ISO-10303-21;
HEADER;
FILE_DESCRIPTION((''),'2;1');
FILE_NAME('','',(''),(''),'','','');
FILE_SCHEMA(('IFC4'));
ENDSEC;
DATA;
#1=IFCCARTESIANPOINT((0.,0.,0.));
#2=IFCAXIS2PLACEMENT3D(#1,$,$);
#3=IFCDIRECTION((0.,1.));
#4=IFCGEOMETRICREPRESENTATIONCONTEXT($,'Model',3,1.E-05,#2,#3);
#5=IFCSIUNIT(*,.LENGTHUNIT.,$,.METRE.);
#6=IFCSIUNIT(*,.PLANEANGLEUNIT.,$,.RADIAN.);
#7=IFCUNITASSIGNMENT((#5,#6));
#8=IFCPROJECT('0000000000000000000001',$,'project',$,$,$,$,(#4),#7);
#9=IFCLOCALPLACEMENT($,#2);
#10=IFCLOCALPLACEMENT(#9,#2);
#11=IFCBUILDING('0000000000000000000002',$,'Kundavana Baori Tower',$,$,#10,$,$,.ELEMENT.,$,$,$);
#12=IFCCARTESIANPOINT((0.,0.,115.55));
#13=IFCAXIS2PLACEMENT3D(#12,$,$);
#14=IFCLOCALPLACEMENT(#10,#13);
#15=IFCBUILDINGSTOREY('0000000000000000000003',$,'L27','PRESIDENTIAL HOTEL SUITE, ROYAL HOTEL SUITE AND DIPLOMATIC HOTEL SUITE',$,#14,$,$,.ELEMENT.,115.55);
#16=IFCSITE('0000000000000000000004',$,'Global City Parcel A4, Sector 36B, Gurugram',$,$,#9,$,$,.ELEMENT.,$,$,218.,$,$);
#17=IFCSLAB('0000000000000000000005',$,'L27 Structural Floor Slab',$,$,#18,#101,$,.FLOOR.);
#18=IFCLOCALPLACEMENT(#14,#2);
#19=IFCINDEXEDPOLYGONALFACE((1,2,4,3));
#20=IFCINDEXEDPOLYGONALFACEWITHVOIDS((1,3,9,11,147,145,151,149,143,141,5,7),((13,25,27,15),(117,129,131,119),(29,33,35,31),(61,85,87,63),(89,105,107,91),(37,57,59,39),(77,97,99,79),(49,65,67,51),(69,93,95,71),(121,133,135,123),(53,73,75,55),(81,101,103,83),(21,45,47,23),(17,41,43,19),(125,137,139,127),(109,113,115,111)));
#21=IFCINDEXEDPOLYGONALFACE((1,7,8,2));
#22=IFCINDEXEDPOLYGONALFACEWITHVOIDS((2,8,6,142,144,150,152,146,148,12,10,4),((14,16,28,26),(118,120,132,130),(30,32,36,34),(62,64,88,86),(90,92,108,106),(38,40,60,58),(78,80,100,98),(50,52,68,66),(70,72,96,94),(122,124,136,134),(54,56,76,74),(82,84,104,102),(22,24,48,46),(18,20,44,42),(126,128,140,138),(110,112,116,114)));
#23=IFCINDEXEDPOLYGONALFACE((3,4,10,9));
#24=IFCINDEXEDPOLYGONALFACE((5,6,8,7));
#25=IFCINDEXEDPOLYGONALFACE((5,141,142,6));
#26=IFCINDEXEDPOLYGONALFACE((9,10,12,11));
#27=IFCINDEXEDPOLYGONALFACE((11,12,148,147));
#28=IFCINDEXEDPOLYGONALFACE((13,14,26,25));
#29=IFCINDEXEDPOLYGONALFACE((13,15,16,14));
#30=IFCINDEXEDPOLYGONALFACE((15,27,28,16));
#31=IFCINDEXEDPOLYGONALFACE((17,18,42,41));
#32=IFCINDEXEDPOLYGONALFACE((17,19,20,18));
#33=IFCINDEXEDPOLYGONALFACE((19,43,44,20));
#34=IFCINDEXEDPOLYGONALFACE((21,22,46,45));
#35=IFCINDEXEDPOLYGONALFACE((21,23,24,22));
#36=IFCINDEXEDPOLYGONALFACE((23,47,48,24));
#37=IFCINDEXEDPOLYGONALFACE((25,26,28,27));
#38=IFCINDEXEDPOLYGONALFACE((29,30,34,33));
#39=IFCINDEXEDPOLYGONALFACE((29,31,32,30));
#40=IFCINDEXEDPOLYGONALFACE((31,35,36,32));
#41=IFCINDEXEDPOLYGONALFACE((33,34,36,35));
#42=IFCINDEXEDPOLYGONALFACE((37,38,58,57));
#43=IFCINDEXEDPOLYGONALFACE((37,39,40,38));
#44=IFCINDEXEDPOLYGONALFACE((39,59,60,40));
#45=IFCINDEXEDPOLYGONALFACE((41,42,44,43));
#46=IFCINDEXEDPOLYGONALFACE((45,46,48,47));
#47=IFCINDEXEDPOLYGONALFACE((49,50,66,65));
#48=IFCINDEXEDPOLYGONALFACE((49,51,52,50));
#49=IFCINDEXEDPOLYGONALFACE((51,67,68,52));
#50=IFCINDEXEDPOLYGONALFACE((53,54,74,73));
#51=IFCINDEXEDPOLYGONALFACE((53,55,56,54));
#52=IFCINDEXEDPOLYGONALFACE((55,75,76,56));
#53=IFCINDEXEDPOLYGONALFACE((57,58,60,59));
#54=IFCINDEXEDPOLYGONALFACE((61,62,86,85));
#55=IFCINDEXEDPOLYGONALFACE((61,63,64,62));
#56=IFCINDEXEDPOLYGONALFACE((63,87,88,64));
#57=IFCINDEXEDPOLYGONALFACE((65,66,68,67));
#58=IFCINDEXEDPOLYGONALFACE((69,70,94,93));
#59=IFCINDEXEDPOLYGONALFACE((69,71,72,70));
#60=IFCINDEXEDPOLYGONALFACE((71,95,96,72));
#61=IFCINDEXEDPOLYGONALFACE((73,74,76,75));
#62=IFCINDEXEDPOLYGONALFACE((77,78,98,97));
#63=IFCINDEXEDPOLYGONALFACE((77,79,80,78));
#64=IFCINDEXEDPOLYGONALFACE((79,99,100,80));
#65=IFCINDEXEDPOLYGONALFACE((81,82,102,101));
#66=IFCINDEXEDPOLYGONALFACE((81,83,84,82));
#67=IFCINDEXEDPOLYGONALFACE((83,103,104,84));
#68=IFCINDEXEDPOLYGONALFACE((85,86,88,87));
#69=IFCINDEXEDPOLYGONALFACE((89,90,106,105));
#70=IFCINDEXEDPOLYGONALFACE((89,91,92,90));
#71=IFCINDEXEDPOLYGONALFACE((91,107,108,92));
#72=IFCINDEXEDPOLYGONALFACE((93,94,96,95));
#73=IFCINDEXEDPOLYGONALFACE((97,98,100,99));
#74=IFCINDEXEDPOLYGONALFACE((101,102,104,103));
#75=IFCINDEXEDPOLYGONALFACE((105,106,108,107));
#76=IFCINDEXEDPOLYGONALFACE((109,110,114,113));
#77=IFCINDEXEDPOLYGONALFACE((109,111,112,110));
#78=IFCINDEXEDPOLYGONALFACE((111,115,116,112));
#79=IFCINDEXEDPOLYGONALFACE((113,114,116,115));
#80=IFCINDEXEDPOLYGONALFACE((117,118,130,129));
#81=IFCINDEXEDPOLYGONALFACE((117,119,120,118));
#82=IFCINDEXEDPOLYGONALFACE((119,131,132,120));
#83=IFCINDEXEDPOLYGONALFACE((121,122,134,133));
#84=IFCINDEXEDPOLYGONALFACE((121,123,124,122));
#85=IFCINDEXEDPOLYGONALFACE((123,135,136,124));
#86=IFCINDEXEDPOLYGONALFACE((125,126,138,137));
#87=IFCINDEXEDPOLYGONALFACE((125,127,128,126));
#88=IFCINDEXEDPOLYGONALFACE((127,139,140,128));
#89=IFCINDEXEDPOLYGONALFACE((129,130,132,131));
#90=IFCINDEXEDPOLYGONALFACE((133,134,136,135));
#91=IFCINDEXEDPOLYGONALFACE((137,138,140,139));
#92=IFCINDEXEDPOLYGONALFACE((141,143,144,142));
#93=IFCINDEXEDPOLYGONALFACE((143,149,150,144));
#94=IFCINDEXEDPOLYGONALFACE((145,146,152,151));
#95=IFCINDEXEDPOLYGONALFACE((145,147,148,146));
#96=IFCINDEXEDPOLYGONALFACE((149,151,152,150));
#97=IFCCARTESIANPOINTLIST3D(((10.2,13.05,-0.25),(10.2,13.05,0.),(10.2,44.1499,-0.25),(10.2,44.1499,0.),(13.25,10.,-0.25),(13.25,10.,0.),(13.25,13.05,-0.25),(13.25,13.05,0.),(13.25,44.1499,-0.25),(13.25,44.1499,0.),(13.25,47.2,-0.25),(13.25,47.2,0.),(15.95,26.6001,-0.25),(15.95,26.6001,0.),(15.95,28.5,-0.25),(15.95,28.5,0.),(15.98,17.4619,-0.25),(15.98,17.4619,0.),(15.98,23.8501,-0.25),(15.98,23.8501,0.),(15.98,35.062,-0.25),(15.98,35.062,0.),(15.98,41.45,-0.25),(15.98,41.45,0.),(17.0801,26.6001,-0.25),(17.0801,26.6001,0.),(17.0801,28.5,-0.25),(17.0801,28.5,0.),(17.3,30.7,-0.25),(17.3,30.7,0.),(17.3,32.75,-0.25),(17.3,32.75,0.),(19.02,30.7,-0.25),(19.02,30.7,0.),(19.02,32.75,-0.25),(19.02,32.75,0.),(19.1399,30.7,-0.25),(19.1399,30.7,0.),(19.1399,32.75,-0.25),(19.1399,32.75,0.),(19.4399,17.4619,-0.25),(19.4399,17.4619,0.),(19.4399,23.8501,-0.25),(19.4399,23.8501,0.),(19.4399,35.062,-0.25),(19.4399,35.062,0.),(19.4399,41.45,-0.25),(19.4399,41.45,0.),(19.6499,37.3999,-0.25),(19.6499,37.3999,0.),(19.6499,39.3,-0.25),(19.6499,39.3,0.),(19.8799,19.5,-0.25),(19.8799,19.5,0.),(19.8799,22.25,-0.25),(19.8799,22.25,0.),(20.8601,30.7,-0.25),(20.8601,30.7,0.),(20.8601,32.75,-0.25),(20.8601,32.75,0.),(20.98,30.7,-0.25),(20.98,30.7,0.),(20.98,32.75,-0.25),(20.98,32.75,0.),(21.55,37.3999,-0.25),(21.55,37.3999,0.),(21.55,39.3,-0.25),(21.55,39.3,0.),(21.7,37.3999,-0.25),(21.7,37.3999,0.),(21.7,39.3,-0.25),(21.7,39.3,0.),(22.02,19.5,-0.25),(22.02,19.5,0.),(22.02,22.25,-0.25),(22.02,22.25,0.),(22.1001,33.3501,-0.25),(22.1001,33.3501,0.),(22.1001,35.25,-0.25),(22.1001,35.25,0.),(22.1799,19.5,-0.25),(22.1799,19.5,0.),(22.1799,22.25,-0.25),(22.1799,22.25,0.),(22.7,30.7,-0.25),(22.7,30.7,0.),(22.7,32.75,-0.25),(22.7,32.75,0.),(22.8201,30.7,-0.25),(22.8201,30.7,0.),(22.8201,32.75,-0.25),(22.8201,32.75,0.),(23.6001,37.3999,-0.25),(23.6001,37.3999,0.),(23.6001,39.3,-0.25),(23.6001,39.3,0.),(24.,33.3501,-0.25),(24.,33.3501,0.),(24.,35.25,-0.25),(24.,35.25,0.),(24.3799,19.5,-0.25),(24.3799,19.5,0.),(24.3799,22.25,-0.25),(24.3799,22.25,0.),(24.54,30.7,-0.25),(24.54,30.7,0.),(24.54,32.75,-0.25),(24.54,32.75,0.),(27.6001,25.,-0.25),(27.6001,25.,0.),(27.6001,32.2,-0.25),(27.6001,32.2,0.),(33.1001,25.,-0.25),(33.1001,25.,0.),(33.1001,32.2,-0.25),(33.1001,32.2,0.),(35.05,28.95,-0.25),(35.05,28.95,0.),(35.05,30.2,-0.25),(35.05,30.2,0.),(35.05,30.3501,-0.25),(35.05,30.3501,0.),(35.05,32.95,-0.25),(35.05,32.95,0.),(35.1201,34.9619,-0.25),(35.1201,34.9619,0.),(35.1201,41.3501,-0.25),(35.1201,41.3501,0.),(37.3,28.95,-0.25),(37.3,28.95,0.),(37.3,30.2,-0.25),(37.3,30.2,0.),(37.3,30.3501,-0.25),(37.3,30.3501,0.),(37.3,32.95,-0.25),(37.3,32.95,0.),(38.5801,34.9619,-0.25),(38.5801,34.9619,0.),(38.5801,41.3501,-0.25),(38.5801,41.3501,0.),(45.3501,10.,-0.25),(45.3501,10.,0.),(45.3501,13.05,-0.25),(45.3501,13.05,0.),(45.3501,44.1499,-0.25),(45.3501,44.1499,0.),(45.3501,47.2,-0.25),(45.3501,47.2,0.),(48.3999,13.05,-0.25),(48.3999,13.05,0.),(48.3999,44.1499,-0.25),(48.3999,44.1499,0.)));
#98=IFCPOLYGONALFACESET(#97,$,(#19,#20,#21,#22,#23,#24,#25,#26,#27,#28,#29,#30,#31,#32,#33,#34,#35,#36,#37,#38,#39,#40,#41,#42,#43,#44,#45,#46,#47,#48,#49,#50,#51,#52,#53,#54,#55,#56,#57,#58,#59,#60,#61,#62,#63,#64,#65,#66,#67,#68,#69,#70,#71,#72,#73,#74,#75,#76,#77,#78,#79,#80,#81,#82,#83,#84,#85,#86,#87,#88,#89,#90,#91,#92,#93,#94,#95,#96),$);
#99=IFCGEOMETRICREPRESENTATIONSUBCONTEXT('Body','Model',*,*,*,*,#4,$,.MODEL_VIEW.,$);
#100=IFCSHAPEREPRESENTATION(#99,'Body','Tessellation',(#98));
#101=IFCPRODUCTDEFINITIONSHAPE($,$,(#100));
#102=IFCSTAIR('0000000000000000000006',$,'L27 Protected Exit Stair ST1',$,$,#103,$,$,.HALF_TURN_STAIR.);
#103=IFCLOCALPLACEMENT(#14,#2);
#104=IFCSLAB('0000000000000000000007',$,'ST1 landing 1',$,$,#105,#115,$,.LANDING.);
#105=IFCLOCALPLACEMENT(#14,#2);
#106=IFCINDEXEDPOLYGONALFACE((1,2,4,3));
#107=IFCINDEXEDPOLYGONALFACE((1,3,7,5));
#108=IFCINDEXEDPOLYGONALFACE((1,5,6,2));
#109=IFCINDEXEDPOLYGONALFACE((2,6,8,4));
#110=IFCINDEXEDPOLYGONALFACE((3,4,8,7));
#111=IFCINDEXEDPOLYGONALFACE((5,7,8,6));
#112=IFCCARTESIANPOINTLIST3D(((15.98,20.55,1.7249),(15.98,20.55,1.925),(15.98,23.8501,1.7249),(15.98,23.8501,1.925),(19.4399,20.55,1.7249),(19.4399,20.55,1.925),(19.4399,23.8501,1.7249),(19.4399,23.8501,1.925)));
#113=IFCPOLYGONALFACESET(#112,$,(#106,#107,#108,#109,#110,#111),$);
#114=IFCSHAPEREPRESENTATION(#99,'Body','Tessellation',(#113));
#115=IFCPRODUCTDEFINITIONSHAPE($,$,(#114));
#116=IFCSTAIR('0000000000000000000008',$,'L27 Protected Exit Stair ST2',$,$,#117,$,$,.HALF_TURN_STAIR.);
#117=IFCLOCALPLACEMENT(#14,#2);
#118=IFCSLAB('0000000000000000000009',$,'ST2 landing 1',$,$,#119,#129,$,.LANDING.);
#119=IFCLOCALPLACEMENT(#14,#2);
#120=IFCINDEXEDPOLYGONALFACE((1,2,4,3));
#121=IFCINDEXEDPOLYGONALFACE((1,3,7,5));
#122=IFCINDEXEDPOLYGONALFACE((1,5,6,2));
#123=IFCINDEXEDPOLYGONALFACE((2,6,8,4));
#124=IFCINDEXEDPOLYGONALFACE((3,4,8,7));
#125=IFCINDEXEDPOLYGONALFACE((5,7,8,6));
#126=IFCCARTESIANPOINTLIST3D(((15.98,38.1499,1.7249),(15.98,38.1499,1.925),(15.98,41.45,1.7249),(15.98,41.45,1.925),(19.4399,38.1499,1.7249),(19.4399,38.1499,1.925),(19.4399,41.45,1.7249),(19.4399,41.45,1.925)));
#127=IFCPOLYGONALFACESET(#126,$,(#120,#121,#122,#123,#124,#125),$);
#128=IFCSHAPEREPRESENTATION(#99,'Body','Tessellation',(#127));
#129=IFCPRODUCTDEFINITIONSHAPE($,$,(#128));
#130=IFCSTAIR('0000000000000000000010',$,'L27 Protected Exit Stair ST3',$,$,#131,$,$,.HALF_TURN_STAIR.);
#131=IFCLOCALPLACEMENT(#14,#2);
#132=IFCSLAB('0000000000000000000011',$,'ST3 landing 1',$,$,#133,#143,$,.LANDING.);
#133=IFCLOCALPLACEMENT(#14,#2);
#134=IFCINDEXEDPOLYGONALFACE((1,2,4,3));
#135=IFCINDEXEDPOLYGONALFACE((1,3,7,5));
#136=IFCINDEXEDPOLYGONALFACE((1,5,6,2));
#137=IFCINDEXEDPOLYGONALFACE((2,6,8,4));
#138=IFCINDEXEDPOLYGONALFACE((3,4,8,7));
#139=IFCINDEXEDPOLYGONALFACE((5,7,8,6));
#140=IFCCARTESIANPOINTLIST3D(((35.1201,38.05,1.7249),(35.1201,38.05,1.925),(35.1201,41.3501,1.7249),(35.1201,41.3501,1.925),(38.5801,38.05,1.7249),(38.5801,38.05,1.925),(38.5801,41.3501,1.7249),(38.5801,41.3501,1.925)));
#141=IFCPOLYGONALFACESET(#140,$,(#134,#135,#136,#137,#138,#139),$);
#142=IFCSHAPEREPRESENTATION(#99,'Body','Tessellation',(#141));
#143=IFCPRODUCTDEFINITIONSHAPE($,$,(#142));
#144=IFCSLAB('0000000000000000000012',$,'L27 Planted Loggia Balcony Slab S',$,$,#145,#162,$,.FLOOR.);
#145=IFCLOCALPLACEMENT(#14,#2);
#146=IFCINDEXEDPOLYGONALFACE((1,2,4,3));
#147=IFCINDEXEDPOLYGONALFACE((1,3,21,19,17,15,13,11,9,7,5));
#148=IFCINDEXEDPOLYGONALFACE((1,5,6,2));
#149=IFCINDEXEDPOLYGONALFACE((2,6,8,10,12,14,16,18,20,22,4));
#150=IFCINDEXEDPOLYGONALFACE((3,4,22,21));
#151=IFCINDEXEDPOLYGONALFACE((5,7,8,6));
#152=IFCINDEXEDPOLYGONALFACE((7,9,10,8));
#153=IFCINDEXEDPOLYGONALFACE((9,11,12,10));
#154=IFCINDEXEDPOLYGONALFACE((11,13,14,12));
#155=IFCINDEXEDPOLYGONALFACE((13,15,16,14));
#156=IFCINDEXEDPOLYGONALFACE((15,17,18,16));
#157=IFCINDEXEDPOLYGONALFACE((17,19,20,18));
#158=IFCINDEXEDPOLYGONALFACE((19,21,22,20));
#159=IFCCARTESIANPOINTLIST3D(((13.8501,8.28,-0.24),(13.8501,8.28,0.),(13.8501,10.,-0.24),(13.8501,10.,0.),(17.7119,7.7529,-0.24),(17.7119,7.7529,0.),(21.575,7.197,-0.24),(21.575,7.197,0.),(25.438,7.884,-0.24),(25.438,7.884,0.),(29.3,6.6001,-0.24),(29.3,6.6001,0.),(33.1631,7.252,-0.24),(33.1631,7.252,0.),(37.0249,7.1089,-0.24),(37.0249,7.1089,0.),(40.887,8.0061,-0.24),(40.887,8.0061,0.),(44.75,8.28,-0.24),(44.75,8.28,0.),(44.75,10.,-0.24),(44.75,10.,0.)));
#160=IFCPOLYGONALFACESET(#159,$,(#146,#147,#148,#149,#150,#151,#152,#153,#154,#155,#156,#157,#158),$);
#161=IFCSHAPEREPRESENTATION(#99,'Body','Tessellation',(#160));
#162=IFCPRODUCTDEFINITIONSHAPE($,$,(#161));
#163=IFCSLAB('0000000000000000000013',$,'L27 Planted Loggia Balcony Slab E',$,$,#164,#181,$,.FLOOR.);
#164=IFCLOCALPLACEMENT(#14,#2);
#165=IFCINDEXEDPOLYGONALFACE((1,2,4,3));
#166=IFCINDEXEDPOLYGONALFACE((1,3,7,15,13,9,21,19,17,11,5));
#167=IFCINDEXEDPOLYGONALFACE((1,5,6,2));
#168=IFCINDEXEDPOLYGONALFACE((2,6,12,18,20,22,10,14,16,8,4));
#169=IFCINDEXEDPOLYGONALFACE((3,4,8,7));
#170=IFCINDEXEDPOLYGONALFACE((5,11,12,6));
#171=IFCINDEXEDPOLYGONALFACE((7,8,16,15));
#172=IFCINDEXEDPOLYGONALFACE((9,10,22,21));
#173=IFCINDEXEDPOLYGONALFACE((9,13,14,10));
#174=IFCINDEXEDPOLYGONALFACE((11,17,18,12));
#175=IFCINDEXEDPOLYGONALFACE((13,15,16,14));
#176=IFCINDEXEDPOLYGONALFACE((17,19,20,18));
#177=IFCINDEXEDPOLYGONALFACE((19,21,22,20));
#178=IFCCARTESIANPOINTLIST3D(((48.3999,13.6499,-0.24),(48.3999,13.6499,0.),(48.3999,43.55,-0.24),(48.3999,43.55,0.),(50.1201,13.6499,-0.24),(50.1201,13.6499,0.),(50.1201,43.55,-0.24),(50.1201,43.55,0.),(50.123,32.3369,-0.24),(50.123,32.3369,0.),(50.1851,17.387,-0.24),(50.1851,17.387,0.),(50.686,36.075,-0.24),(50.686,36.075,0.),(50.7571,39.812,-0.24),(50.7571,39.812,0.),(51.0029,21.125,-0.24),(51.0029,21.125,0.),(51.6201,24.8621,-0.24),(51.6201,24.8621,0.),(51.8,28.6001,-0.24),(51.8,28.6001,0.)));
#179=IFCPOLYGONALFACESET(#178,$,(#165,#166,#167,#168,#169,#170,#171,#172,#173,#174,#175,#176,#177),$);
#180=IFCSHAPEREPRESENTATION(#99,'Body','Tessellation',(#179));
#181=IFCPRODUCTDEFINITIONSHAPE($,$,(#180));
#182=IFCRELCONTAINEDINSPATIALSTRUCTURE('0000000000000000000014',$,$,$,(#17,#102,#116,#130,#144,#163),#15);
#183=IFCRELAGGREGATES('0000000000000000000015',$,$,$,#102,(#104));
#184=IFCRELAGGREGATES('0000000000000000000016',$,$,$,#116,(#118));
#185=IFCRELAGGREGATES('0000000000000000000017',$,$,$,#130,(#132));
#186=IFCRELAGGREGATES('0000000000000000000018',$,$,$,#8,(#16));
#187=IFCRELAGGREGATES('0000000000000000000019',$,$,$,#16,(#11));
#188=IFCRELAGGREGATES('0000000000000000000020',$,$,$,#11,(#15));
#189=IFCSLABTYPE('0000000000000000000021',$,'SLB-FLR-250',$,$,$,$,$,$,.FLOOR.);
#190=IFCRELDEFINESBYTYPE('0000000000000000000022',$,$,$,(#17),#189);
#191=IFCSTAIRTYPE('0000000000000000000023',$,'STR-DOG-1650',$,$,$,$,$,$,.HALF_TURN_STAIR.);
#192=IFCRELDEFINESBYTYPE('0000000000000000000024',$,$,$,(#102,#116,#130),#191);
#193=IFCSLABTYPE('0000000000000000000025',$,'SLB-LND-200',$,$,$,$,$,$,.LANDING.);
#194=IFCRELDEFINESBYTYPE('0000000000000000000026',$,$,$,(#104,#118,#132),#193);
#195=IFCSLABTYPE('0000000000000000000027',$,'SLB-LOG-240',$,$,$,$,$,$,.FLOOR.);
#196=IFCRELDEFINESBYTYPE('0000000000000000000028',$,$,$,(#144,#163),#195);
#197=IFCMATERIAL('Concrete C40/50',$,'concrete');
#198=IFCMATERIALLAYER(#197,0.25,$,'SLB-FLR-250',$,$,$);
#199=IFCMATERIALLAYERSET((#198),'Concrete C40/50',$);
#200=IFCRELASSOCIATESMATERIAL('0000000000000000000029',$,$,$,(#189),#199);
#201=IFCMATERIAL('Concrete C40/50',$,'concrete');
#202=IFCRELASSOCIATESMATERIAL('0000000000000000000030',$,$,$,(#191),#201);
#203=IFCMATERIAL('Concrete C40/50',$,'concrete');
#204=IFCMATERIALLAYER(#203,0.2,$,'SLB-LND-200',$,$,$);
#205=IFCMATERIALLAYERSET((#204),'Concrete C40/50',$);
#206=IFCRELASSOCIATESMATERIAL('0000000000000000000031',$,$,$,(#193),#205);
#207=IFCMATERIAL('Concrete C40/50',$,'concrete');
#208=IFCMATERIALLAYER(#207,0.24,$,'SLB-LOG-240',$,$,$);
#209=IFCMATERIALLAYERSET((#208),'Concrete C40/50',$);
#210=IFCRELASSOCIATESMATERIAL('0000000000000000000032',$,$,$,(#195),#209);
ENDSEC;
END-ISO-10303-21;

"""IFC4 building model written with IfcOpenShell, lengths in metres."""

from ifc_helpers import new_model, si_unit, direction, frame, origin, place, context, subcontext, project, spatial, polyline, outline, extrude, material, layer, layer_set, type_object, element, aggregate, save


model = new_model("IFC4")

# Units and contexts
model_context = context("Model", 3, precision=1e-05, world=origin(), true_north=direction((0.0, 1.0)))
body_context = subcontext(model_context, "Body", "Model", "MODEL_VIEW")
ifc_project = project(units=[si_unit("LENGTHUNIT", "METRE"), si_unit("PLANEANGLEUNIT", "RADIAN")], contexts=[model_context])

# Site, building, storey
site_placement = place(None, origin())
site = spatial("IfcSite", under=ifc_project, at=site_placement, Name="Global City Parcel A4, Sector 36B, Gurugram", CompositionType="ELEMENT", RefElevation=218.0)
building_placement = place(site_placement, origin())
building = spatial("IfcBuilding", under=site, at=building_placement, Name="Kundavana Baori Tower", CompositionType="ELEMENT")
storey_placement = place(building_placement, frame((0.0, 0.0, 115.55)))
storey = spatial("IfcBuildingStorey", under=building, at=storey_placement, Name="L27", Description="PRESIDENTIAL HOTEL SUITE, ROYAL HOTEL SUITE AND DIPLOMATIC HOTEL SUITE", CompositionType="ELEMENT", Elevation=115.55)

# Slab
ifc_material_1 = material(Name="Concrete C40/50", Category="concrete")
ifc_layer_1 = layer(ifc_material_1, 0.25, Name="SLB-FLR-250")
ifc_layer_set_1 = layer_set([ifc_layer_1], Name="Concrete C40/50")
slab_type_1 = type_object("IfcSlabType", Name="SLB-FLR-250", PredefinedType="FLOOR", material=ifc_layer_set_1)
slab_1_placement = place(storey_placement, frame((0.0, 0.0, -0.25)))
element("IfcSlab", 1, at=slab_1_placement, inside=storey, type_object=slab_type_1, Name="L27 Structural Floor Slab", PredefinedType="FLOOR", context=body_context, shape_type="SweptSolid", body=[
    extrude(outline(polyline([(13.25, 10.0), (45.3501, 10.0), (45.3501, 13.05), (48.3999, 13.05), (48.3999, 44.1499), (45.3501, 44.1499), (45.3501, 47.2), (13.25, 47.2), (13.25, 44.1499), (10.2, 44.1499), (10.2, 13.05), (13.25, 13.05), (13.25, 10.0)]), holes=[polyline([(19.4399, 17.4619), (19.4399, 23.8501), (15.98, 23.8501), (15.98, 17.4619), (19.4399, 17.4619)]), polyline([(19.4399, 35.062), (19.4399, 41.45), (15.98, 41.45), (15.98, 35.062), (19.4399, 35.062)]), polyline([(38.5801, 34.9619), (38.5801, 41.3501), (35.1201, 41.3501), (35.1201, 34.9619), (38.5801, 34.9619)]), polyline([(17.3, 30.7), (19.02, 30.7), (19.02, 32.75), (17.3, 32.75), (17.3, 30.7)]), polyline([(19.1399, 30.7), (20.8601, 30.7), (20.8601, 32.75), (19.1399, 32.75), (19.1399, 30.7)]), polyline([(20.98, 30.7), (22.7, 30.7), (22.7, 32.75), (20.98, 32.75), (20.98, 30.7)]), polyline([(22.8201, 30.7), (24.54, 30.7), (24.54, 32.75), (22.8201, 32.75), (22.8201, 30.7)]), polyline([(19.6499, 37.3999), (21.55, 37.3999), (21.55, 39.3), (19.6499, 39.3), (19.6499, 37.3999)]), polyline([(21.7, 37.3999), (23.6001, 37.3999), (23.6001, 39.3), (21.7, 39.3), (21.7, 37.3999)]), polyline([(22.1001, 33.3501), (24.0, 33.3501), (24.0, 35.25), (22.1001, 35.25), (22.1001, 33.3501)]), polyline([(19.8799, 19.5), (22.02, 19.5), (22.02, 22.25), (19.8799, 22.25), (19.8799, 19.5)]), polyline([(22.1799, 19.5), (24.3799, 19.5), (24.3799, 22.25), (22.1799, 22.25), (22.1799, 19.5)]), polyline([(35.05, 30.3501), (37.3, 30.3501), (37.3, 32.95), (35.05, 32.95), (35.05, 30.3501)]), polyline([(15.95, 26.6001), (17.0801, 26.6001), (17.0801, 28.5), (15.95, 28.5), (15.95, 26.6001)]), polyline([(35.05, 28.95), (37.3, 28.95), (37.3, 30.2), (35.05, 30.2), (35.05, 28.95)]), polyline([(27.6001, 25.0), (33.1001, 25.0), (33.1001, 32.2), (27.6001, 32.2), (27.6001, 25.0)])]), origin(), (0.0, 0.0, 1.0), 0.25),
])

# Stairs, slabs
ifc_material_2 = material(Name="Concrete C40/50", Category="concrete")
stair_type = type_object("IfcStairType", Name="STR-DOG-1650", PredefinedType="HALF_TURN_STAIR", material=ifc_material_2)
stair_1_placement = place(storey_placement, origin())
stair_1 = element("IfcStair", 2, at=stair_1_placement, inside=storey, type_object=stair_type, Name="L27 Protected Exit Stair ST1", PredefinedType="HALF_TURN_STAIR")
ifc_material_3 = material(Name="Concrete C40/50", Category="concrete")
ifc_layer_2 = layer(ifc_material_3, 0.2, Name="SLB-LND-200")
ifc_layer_set_2 = layer_set([ifc_layer_2], Name="Concrete C40/50")
slab_type_2 = type_object("IfcSlabType", Name="SLB-LND-200", PredefinedType="LANDING", material=ifc_layer_set_2)
slab_2_placement = place(storey_placement, frame((0.0, 0.0, 1.7249)))
slab_2 = element("IfcSlab", 3, at=slab_2_placement, type_object=slab_type_2, Name="ST1 landing 1", PredefinedType="LANDING", context=body_context, shape_type="SweptSolid", body=[
    extrude(outline(polyline([(19.4399, 20.55), (19.4399, 23.8501), (15.98, 23.8501), (15.98, 20.55), (19.4399, 20.55)])), origin(), (0.0, 0.0, 1.0), 0.2002),
])
aggregate(stair_1, [slab_2])
stair_2_placement = place(storey_placement, origin())
stair_2 = element("IfcStair", 4, at=stair_2_placement, inside=storey, type_object=stair_type, Name="L27 Protected Exit Stair ST2", PredefinedType="HALF_TURN_STAIR")
slab_3_placement = place(storey_placement, frame((0.0, 0.0, 1.7249)))
slab_3 = element("IfcSlab", 5, at=slab_3_placement, type_object=slab_type_2, Name="ST2 landing 1", PredefinedType="LANDING", context=body_context, shape_type="SweptSolid", body=[
    extrude(outline(polyline([(19.4399, 38.1499), (19.4399, 41.45), (15.98, 41.45), (15.98, 38.1499), (19.4399, 38.1499)])), origin(), (0.0, 0.0, 1.0), 0.2002),
])
aggregate(stair_2, [slab_3])
stair_3_placement = place(storey_placement, origin())
stair_3 = element("IfcStair", 6, at=stair_3_placement, inside=storey, type_object=stair_type, Name="L27 Protected Exit Stair ST3", PredefinedType="HALF_TURN_STAIR")
slab_4_placement = place(storey_placement, frame((0.0, 0.0, 1.7249)))
slab_4 = element("IfcSlab", 7, at=slab_4_placement, type_object=slab_type_2, Name="ST3 landing 1", PredefinedType="LANDING", context=body_context, shape_type="SweptSolid", body=[
    extrude(outline(polyline([(38.5801, 38.05), (38.5801, 41.3501), (35.1201, 41.3501), (35.1201, 38.05), (38.5801, 38.05)])), origin(), (0.0, 0.0, 1.0), 0.2002),
])
aggregate(stair_3, [slab_4])

# Slabs
ifc_material_4 = material(Name="Concrete C40/50", Category="concrete")
ifc_layer_3 = layer(ifc_material_4, 0.24, Name="SLB-LOG-240")
ifc_layer_set_3 = layer_set([ifc_layer_3], Name="Concrete C40/50")
slab_type_3 = type_object("IfcSlabType", Name="SLB-LOG-240", PredefinedType="FLOOR", material=ifc_layer_set_3)
slab_5_placement = place(storey_placement, frame((0.0, 0.0, -0.24)))
element("IfcSlab", 8, at=slab_5_placement, inside=storey, type_object=slab_type_3, Name="L27 Planted Loggia Balcony Slab S", PredefinedType="FLOOR", context=body_context, shape_type="SweptSolid", body=[
    extrude(outline(polyline([(13.8501, 10.0), (44.75, 10.0), (44.75, 8.28), (40.887, 8.0061), (37.0249, 7.1089), (33.1631, 7.252), (29.3, 6.6001), (25.438, 7.884), (21.575, 7.197), (17.7119, 7.7529), (13.8501, 8.28), (13.8501, 10.0)])), origin(), (0.0, 0.0, 1.0), 0.24),
])
slab_6_placement = place(storey_placement, frame((0.0, 0.0, -0.24)))
element("IfcSlab", 9, at=slab_6_placement, inside=storey, type_object=slab_type_3, Name="L27 Planted Loggia Balcony Slab E", PredefinedType="FLOOR", context=body_context, shape_type="SweptSolid", body=[
    extrude(outline(polyline([(48.3999, 13.6499), (48.3999, 43.55), (50.1201, 43.55), (50.7571, 39.812), (50.686, 36.075), (50.123, 32.3369), (51.8, 28.6001), (51.6201, 24.8621), (51.0029, 21.125), (50.1851, 17.387), (50.1201, 13.6499), (48.3999, 13.6499)])), origin(), (0.0, 0.0, 1.0), 0.24),
])

save(model, "model.ifc")
